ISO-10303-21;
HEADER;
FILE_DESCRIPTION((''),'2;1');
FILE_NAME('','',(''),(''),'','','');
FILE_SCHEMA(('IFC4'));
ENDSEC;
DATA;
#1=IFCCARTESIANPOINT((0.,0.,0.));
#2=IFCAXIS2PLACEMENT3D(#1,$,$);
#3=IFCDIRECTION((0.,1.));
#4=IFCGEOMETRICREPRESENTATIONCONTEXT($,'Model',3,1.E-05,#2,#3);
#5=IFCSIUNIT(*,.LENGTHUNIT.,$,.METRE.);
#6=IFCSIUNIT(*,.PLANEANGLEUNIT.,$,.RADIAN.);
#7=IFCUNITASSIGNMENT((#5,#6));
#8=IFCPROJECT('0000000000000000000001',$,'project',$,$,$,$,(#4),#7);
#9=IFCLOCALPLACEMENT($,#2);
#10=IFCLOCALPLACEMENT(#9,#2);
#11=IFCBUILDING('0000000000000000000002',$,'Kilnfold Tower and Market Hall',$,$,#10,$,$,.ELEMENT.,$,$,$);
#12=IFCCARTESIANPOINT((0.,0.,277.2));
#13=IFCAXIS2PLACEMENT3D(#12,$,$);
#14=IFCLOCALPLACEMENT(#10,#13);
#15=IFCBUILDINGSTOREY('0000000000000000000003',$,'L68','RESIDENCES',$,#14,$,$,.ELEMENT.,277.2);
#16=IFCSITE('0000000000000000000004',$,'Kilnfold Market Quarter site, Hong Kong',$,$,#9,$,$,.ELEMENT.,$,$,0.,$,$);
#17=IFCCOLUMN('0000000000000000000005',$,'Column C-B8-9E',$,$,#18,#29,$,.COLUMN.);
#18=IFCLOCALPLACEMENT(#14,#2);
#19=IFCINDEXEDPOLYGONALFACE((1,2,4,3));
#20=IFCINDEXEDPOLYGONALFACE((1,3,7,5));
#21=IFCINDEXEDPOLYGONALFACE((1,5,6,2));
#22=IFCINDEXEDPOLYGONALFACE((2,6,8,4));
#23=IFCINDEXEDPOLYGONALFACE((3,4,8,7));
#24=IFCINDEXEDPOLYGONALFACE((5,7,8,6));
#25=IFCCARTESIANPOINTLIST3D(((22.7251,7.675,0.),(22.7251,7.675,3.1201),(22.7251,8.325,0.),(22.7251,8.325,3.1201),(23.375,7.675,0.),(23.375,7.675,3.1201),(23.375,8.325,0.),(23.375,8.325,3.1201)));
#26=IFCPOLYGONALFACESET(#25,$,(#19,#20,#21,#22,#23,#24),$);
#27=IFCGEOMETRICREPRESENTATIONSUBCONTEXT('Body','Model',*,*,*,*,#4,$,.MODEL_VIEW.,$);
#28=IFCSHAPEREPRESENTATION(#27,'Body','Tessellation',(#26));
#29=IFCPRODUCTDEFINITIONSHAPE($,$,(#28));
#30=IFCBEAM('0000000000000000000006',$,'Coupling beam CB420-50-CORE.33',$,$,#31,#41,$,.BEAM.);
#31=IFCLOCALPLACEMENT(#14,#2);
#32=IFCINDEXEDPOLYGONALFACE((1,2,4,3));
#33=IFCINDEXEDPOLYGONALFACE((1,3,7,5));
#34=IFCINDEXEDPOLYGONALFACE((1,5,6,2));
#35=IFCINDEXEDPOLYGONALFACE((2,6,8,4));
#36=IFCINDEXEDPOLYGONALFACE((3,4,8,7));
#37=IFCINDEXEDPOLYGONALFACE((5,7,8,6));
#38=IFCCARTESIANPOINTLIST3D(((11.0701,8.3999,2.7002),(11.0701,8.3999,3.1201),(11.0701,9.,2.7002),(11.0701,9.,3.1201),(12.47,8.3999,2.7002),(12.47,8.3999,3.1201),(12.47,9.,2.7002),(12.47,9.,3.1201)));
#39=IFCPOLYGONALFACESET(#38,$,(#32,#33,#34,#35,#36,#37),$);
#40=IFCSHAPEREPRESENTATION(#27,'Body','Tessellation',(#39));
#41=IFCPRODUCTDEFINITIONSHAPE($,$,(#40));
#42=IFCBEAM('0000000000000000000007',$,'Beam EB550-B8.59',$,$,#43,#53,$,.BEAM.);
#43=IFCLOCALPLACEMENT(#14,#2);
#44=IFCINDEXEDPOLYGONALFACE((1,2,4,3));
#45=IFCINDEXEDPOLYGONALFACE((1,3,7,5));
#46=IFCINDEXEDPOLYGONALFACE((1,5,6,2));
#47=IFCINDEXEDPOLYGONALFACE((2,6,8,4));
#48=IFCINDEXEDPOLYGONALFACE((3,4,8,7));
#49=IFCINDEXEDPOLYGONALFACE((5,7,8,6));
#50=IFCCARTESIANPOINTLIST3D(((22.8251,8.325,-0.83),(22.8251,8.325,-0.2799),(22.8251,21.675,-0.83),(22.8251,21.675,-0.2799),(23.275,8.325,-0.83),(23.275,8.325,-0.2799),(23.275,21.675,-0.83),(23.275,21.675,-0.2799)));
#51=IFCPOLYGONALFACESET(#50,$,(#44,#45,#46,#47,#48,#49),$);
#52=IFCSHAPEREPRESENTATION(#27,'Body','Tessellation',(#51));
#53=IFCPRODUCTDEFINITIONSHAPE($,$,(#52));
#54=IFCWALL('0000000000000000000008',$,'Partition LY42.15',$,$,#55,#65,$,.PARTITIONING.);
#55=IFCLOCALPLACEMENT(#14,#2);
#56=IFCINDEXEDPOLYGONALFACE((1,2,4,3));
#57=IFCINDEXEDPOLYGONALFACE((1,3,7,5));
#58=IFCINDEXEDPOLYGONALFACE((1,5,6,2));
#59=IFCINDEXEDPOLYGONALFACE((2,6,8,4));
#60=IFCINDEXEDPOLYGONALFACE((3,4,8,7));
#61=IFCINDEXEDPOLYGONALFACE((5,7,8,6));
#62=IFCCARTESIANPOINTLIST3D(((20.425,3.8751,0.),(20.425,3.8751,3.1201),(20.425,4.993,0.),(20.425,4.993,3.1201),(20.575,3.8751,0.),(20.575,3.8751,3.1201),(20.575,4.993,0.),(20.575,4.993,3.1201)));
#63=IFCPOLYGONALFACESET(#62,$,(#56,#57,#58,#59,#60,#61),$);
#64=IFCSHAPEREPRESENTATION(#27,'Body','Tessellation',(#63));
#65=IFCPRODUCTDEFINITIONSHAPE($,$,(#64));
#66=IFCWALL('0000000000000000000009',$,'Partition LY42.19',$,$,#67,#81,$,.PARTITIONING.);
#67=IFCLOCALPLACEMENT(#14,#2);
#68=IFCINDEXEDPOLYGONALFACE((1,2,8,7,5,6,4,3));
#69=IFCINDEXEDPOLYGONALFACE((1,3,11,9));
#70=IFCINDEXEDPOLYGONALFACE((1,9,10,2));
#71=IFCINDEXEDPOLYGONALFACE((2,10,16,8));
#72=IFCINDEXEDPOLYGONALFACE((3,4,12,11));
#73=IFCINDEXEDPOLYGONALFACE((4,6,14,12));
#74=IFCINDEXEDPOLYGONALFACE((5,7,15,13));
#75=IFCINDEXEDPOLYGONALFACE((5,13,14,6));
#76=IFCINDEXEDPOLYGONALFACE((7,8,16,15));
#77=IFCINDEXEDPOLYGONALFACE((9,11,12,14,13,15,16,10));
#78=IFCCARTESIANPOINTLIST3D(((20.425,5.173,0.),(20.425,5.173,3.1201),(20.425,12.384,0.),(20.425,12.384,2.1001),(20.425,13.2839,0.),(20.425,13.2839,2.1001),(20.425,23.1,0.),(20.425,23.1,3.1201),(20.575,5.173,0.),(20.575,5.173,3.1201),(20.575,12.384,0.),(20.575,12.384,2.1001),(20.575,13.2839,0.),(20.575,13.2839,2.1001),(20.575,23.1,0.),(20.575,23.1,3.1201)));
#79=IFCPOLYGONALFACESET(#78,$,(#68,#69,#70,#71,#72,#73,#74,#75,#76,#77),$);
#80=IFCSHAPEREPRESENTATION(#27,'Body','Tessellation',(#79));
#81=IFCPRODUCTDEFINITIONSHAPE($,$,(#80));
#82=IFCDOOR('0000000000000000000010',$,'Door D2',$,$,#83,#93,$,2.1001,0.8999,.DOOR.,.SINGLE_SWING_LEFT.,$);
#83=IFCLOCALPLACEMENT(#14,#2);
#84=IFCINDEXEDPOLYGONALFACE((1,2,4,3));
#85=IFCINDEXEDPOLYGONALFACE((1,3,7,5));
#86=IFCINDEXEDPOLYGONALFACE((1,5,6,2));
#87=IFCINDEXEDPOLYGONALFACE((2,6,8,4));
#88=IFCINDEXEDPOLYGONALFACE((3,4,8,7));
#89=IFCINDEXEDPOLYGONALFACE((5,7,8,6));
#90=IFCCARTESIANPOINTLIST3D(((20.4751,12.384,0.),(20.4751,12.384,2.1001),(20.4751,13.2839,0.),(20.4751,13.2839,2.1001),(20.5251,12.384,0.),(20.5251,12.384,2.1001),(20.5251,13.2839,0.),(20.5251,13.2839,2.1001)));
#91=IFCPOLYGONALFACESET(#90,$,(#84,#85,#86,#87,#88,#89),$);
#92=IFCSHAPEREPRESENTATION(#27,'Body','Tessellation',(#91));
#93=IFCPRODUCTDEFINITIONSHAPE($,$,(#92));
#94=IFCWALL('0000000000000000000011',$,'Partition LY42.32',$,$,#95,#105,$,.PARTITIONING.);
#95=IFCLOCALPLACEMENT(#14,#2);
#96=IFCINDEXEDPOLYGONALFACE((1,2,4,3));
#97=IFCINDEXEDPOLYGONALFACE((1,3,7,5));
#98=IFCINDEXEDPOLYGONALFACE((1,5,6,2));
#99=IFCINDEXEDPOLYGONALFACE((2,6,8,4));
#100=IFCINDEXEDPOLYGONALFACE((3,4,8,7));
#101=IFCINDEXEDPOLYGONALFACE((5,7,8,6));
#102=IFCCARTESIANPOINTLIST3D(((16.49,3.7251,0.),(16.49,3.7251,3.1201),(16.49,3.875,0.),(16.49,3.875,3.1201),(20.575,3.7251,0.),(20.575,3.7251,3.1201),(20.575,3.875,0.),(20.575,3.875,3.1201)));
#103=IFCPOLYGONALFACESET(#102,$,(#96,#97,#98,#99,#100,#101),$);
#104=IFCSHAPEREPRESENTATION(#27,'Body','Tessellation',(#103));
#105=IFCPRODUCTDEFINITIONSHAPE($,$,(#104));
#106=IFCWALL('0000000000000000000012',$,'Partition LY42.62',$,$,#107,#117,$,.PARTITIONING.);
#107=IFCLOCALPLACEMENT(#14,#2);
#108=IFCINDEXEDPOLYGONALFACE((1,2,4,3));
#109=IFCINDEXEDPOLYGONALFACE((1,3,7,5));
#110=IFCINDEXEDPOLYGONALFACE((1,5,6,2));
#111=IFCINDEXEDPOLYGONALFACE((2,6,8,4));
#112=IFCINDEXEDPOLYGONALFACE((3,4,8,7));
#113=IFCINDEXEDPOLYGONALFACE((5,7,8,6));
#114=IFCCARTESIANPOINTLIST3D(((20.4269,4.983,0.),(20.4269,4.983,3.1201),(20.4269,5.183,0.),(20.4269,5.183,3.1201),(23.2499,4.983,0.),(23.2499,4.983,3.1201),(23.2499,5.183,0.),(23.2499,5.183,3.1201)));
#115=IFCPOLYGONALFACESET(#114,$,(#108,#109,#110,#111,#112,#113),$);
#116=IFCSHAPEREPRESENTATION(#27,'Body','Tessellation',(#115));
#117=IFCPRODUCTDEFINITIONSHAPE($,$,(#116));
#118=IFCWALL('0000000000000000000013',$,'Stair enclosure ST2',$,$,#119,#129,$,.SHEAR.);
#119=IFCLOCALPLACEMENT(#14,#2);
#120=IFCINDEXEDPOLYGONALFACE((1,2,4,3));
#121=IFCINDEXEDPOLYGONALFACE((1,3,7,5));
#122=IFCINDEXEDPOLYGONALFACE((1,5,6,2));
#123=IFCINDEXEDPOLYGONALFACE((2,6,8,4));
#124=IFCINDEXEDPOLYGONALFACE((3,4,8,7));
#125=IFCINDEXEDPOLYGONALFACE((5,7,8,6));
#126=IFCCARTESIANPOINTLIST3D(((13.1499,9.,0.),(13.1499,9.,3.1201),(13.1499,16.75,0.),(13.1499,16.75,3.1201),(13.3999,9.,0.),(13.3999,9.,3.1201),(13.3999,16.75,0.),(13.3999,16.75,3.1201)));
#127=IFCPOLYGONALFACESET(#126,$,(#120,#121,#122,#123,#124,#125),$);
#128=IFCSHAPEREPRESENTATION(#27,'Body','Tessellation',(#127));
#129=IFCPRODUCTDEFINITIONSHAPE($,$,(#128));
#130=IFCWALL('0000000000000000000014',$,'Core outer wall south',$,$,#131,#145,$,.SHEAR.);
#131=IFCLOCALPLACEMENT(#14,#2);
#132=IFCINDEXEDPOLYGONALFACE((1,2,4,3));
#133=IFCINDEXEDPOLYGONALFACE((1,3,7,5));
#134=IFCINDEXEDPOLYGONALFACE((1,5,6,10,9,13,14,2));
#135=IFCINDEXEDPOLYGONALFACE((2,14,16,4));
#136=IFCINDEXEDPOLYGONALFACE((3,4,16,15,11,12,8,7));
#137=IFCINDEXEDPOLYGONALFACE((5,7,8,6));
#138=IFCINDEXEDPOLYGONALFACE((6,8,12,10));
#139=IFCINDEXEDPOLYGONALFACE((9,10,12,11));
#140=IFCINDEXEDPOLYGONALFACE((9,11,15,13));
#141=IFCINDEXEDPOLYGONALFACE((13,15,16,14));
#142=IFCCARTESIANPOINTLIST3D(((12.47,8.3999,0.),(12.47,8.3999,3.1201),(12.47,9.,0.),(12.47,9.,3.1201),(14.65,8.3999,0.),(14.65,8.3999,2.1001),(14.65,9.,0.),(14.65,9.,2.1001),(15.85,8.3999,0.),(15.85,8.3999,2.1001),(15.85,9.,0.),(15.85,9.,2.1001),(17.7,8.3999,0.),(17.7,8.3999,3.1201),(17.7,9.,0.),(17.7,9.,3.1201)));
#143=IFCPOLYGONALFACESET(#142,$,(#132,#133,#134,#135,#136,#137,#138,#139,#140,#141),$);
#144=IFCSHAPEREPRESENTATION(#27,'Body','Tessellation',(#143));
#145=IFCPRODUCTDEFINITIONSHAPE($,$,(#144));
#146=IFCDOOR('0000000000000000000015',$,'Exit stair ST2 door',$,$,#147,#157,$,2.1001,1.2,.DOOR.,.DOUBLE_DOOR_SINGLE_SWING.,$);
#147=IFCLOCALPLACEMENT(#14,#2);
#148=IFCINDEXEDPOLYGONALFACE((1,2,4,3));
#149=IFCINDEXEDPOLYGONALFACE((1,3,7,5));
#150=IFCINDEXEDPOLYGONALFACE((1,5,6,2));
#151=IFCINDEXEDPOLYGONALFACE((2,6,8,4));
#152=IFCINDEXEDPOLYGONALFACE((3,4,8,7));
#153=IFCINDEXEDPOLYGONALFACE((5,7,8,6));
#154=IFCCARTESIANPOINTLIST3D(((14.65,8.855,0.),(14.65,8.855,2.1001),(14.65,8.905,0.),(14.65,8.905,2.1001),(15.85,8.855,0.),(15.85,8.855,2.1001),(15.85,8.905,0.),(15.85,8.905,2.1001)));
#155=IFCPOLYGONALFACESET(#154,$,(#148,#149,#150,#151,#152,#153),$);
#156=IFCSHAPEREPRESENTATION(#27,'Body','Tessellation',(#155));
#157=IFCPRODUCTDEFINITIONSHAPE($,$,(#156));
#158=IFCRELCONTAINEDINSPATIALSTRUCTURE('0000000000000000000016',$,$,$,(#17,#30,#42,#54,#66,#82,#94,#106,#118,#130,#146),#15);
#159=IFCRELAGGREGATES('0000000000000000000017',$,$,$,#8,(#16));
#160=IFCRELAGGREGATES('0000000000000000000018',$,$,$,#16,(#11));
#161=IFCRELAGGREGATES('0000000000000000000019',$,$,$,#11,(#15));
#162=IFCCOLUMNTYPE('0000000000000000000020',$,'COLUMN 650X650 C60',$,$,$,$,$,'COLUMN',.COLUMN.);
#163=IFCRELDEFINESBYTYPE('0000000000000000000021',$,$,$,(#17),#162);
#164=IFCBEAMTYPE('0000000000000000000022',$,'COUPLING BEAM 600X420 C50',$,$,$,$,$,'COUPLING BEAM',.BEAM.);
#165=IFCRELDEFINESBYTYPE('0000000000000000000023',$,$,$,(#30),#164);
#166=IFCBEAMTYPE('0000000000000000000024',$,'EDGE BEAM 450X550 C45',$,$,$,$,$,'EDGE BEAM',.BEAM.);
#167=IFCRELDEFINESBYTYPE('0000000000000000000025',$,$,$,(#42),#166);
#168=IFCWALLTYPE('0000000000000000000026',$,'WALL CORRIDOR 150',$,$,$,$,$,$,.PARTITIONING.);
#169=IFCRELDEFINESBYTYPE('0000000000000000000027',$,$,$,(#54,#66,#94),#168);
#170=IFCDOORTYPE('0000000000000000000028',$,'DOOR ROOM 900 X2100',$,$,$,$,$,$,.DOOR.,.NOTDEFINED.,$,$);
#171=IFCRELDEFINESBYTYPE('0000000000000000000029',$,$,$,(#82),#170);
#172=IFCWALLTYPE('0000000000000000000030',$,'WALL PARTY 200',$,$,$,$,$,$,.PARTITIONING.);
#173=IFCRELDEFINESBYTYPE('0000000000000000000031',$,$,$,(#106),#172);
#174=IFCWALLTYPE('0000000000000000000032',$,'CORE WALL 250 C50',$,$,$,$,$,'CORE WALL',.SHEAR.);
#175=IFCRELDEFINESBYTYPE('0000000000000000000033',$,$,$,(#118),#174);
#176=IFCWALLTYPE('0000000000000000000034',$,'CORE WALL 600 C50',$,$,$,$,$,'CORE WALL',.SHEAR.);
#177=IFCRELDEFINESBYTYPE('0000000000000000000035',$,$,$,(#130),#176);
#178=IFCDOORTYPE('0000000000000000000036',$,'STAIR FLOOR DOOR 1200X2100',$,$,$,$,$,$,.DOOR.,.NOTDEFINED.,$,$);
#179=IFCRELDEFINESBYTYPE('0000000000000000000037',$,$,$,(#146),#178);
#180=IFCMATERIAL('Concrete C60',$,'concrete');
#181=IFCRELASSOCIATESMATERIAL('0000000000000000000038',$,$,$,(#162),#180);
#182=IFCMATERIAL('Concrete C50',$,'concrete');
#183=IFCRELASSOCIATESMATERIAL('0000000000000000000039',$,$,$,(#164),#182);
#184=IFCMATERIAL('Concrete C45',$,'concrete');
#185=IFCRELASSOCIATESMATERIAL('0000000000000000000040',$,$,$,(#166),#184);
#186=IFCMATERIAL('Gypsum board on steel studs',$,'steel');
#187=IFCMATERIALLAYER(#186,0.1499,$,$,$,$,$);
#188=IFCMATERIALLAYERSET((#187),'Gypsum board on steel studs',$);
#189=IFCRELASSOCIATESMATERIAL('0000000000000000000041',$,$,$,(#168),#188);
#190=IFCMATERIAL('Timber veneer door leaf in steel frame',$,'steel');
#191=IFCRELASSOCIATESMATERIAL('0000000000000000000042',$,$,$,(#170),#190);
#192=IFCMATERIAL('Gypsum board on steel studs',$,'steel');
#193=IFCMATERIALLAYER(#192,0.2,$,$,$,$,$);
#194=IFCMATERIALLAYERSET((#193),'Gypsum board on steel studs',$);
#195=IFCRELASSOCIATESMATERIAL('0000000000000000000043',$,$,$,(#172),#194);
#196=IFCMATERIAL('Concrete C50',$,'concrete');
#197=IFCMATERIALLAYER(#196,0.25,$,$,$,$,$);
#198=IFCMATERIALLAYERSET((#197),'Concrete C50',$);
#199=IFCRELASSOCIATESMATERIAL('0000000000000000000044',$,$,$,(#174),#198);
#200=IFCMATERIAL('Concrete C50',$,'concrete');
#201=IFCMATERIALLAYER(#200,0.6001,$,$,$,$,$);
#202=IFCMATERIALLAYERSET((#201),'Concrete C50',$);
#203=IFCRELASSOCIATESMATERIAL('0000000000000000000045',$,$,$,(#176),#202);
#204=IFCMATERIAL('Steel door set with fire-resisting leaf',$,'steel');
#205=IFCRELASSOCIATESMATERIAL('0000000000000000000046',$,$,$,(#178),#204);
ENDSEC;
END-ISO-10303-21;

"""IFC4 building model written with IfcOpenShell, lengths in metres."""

from ifc_helpers import new_model, si_unit, direction, frame, frame_2d, origin, origin_2d, place, context, subcontext, project, spatial, rectangle, extrude, source, transform, mapped, material, layer, layer_set, material_profile, profile_set, type_object, element, fill, save


model = new_model("IFC4")

# Units and contexts
model_context = context("Model", 3, precision=1e-05, world=origin(), true_north=direction((0.0, 1.0)))
body_context = subcontext(model_context, "Body", "Model", "MODEL_VIEW")
ifc_project = project(units=[si_unit("LENGTHUNIT", "METRE"), si_unit("PLANEANGLEUNIT", "RADIAN")], contexts=[model_context])

# Site, building, storey
site_placement = place(None, origin())
site = spatial("IfcSite", under=ifc_project, at=site_placement, Name="Kilnfold Market Quarter site, Hong Kong", CompositionType="ELEMENT", RefElevation=0.0)
building_placement = place(site_placement, origin())
building = spatial("IfcBuilding", under=site, at=building_placement, Name="Kilnfold Tower and Market Hall", CompositionType="ELEMENT")
storey_placement = place(building_placement, frame((0.0, 0.0, 277.2)))
storey = spatial("IfcBuildingStorey", under=building, at=storey_placement, Name="L68", Description="RESIDENCES", CompositionType="ELEMENT", Elevation=277.2)

# Column
ifc_material_1 = material(Name="Concrete C60", Category="concrete")
ifc_material_profile_1 = material_profile(ifc_material_1, rectangle(XDim=0.6499, YDim=0.6499, at=origin_2d()), Name="RC 650x650")
ifc_profile_set_1 = profile_set([ifc_material_profile_1], Name="Concrete C60")
column_type = type_object("IfcColumnType", Name="COLUMN 650X650 C60", ElementType="COLUMN", PredefinedType="COLUMN", material=ifc_profile_set_1)
shared_shape_1 = source(origin(), body_context, "Body", "SweptSolid", [
    extrude(rectangle(XDim=0.6499, YDim=0.6499, at=origin_2d()), origin(), (0.0, 0.0, 1.0), 3.1201),
])
column_placement = place(storey_placement, frame((23.05, 8.0, 0.0), z_axis=(0.0, 0.0, 1.0), x_axis=(1.0, 0.0, 0.0)))
element("IfcColumn", 1, at=column_placement, inside=storey, type_object=column_type, Name="Column C-B8-9E", PredefinedType="COLUMN", context=body_context, shape_type="MappedRepresentation", body=[
    mapped(shared_shape_1, transform((0.0, 0.0, 0.0))),
])

# Beams
ifc_material_2 = material(Name="Concrete C50", Category="concrete")
ifc_material_profile_2 = material_profile(ifc_material_2, rectangle(XDim=0.6001, YDim=0.4199, at=origin_2d()), Name="RC 600x420")
ifc_profile_set_2 = profile_set([ifc_material_profile_2], Name="Concrete C50")
beam_type_1 = type_object("IfcBeamType", Name="COUPLING BEAM 600X420 C50", ElementType="COUPLING BEAM", PredefinedType="BEAM", material=ifc_profile_set_2)
shared_shape_2 = source(origin(), body_context, "Body", "SweptSolid", [
    extrude(rectangle(XDim=0.6001, YDim=0.4199, at=origin_2d()), origin(), (0.0, 0.0, 1.0), 1.3999),
])
beam_1_placement = place(storey_placement, frame((11.0701, 8.7, 2.9102), z_axis=(1.0, 0.0, 0.0), x_axis=(0.0, 1.0, 0.0)))
element("IfcBeam", 2, at=beam_1_placement, inside=storey, type_object=beam_type_1, Name="Coupling beam CB420-50-CORE.33", PredefinedType="BEAM", context=body_context, shape_type="MappedRepresentation", body=[
    mapped(shared_shape_2, transform((0.0, 0.0, 0.0))),
])
ifc_material_3 = material(Name="Concrete C45", Category="concrete")
ifc_material_profile_3 = material_profile(ifc_material_3, rectangle(XDim=0.45, YDim=0.55, at=origin_2d()), Name="RC 450x550")
ifc_profile_set_3 = profile_set([ifc_material_profile_3], Name="Concrete C45")
beam_type_2 = type_object("IfcBeamType", Name="EDGE BEAM 450X550 C45", ElementType="EDGE BEAM", PredefinedType="BEAM", material=ifc_profile_set_3)
shared_shape_3 = source(origin(), body_context, "Body", "SweptSolid", [
    extrude(rectangle(XDim=0.45, YDim=0.55, at=origin_2d()), origin(), (0.0, 0.0, 1.0), 13.3501),
])
beam_2_placement = place(storey_placement, frame((23.05, 8.325, -0.5549), z_axis=(0.0, 1.0, 0.0), x_axis=(-1.0, 0.0, 0.0)))
element("IfcBeam", 3, at=beam_2_placement, inside=storey, type_object=beam_type_2, Name="Beam EB550-B8.59", PredefinedType="BEAM", context=body_context, shape_type="MappedRepresentation", body=[
    mapped(shared_shape_3, transform((0.0, 0.0, 0.0))),
])

# Wall
ifc_material_4 = material(Name="Gypsum board on steel studs", Category="steel")
ifc_layer_1 = layer(ifc_material_4, 0.1499)
ifc_layer_set_1 = layer_set([ifc_layer_1], Name="Gypsum board on steel studs")
wall_type_1 = type_object("IfcWallType", Name="WALL CORRIDOR 150", PredefinedType="PARTITIONING", material=ifc_layer_set_1)
wall_1_placement = place(storey_placement, frame((20.5, 3.875, 0.0), z_axis=(0.0, 0.0, 1.0), x_axis=(0.0, 1.0, 0.0)))
element("IfcWall", 4, at=wall_1_placement, inside=storey, type_object=wall_type_1, Name="Partition LY42.15", PredefinedType="PARTITIONING", context=body_context, shape_type="SweptSolid", body=[
    extrude(rectangle(XDim=1.1179, YDim=0.1499, at=frame_2d((0.5591, 0.0))), origin(), (0.0, 0.0, 1.0), 3.1201),
])

# Wall, opening, door
wall_2_placement = place(storey_placement, frame((20.5, 5.1731, 0.0), z_axis=(0.0, 0.0, 1.0), x_axis=(0.0, 1.0, 0.0)))
wall_2 = element("IfcWall", 5, at=wall_2_placement, inside=storey, type_object=wall_type_1, Name="Partition LY42.19", PredefinedType="PARTITIONING", context=body_context, shape_type="SweptSolid", body=[
    extrude(rectangle(XDim=17.927, YDim=0.1499, at=frame_2d((8.9634, 0.0))), origin(), (0.0, 0.0, 1.0), 3.1201),
])
opening_1_placement = place(wall_2_placement, frame((7.2109, 0.0, 0.0)))
opening_1 = element("IfcOpeningElement", 6, at=opening_1_placement, cuts=wall_2, PredefinedType="OPENING", context=body_context, shape_type="SweptSolid", body=[
    extrude(rectangle(XDim=0.8999, YDim=2.1001, at=frame_2d((0.45, 1.05))), frame((0.0, 0.085, 0.0), z_axis=(0.0, -1.0, 0.0), x_axis=(1.0, 0.0, 0.0)), (0.0, 0.0, 1.0), 0.1699),
])
ifc_material_5 = material(Name="Timber veneer door leaf in steel frame", Category="steel")
door_type_1 = type_object("IfcDoorType", Name="DOOR ROOM 900 X2100", OperationType="NOTDEFINED", PredefinedType="DOOR", material=ifc_material_5)
door_1_placement = place(opening_1_placement, origin())
door_1 = element("IfcDoor", 7, at=door_1_placement, inside=storey, type_object=door_type_1, Name="Door D2", OperationType="SINGLE_SWING_LEFT", OverallHeight=2.1001, OverallWidth=0.8999, PredefinedType="DOOR", context=body_context, shape_type="SweptSolid", body=[
    extrude(rectangle(XDim=0.8999, YDim=2.1001, at=frame_2d((0.45, 1.05))), frame((0.0, 0.0249, 0.0), z_axis=(0.0, -1.0, 0.0), x_axis=(1.0, 0.0, 0.0)), (0.0, 0.0, 1.0), 0.05),
])
fill(opening_1, door_1)

# Walls
wall_3_placement = place(storey_placement, frame((16.49, 3.8, 0.0), z_axis=(0.0, 0.0, 1.0), x_axis=(1.0, 0.0, 0.0)))
element("IfcWall", 8, at=wall_3_placement, inside=storey, type_object=wall_type_1, Name="Partition LY42.32", PredefinedType="PARTITIONING", context=body_context, shape_type="SweptSolid", body=[
    extrude(rectangle(XDim=4.085, YDim=0.1499, at=frame_2d((2.0425, 0.0))), origin(), (0.0, 0.0, 1.0), 3.1201),
])
ifc_material_6 = material(Name="Gypsum board on steel studs", Category="steel")
ifc_layer_2 = layer(ifc_material_6, 0.2)
ifc_layer_set_2 = layer_set([ifc_layer_2], Name="Gypsum board on steel studs")
wall_type_2 = type_object("IfcWallType", Name="WALL PARTY 200", PredefinedType="PARTITIONING", material=ifc_layer_set_2)
wall_4_placement = place(storey_placement, frame((23.25, 5.083, 0.0), z_axis=(0.0, 0.0, 1.0), x_axis=(-1.0, 0.0, 0.0)))
element("IfcWall", 9, at=wall_4_placement, inside=storey, type_object=wall_type_2, Name="Partition LY42.62", PredefinedType="PARTITIONING", context=body_context, shape_type="SweptSolid", body=[
    extrude(rectangle(XDim=2.823, YDim=0.2, at=frame_2d((1.4116, 0.0))), origin(), (0.0, 0.0, 1.0), 3.1201),
])
ifc_material_7 = material(Name="Concrete C50", Category="concrete")
ifc_layer_3 = layer(ifc_material_7, 0.25)
ifc_layer_set_3 = layer_set([ifc_layer_3], Name="Concrete C50")
wall_type_3 = type_object("IfcWallType", Name="CORE WALL 250 C50", ElementType="CORE WALL", PredefinedType="SHEAR", material=ifc_layer_set_3)
shared_shape_4 = source(origin(), body_context, "Body", "SweptSolid", [
    extrude(rectangle(XDim=7.75, YDim=0.25, at=frame_2d((3.875, 0.0))), origin(), (0.0, 0.0, 1.0), 3.1201),
])
wall_5_placement = place(storey_placement, frame((13.2749, 9.0, 0.0), z_axis=(0.0, 0.0, 1.0), x_axis=(0.0, 1.0, 0.0)))
element("IfcWall", 10, at=wall_5_placement, inside=storey, type_object=wall_type_3, Name="Stair enclosure ST2", PredefinedType="SHEAR", context=body_context, shape_type="MappedRepresentation", body=[
    mapped(shared_shape_4, transform((0.0, 0.0, 0.0))),
])

# Wall, opening, door
ifc_material_8 = material(Name="Concrete C50", Category="concrete")
ifc_layer_4 = layer(ifc_material_8, 0.6001)
ifc_layer_set_4 = layer_set([ifc_layer_4], Name="Concrete C50")
wall_type_4 = type_object("IfcWallType", Name="CORE WALL 600 C50", ElementType="CORE WALL", PredefinedType="SHEAR", material=ifc_layer_set_4)
shared_shape_5 = source(origin(), body_context, "Body", "SweptSolid", [
    extrude(rectangle(XDim=5.23, YDim=0.6001, at=frame_2d((2.615, 0.0))), origin(), (0.0, 0.0, 1.0), 3.1201),
])
wall_6_placement = place(storey_placement, frame((12.47, 8.7, 0.0), z_axis=(0.0, 0.0, 1.0), x_axis=(1.0, 0.0, 0.0)))
wall_6 = element("IfcWall", 11, at=wall_6_placement, inside=storey, type_object=wall_type_4, Name="Core outer wall south", PredefinedType="SHEAR", context=body_context, shape_type="MappedRepresentation", body=[
    mapped(shared_shape_5, transform((0.0, 0.0, 0.0))),
])
opening_2_placement = place(wall_6_placement, frame((2.1799, 0.0, 0.0)))
opening_2 = element("IfcOpeningElement", 12, at=opening_2_placement, cuts=wall_6, PredefinedType="OPENING", context=body_context, shape_type="SweptSolid", body=[
    extrude(rectangle(XDim=1.2, YDim=2.1001, at=frame_2d((0.6001, 1.05))), frame((0.0, 0.3101, 0.0), z_axis=(0.0, -1.0, 0.0), x_axis=(1.0, 0.0, 0.0)), (0.0, 0.0, 1.0), 0.6201),
])
ifc_material_9 = material(Name="Steel door set with fire-resisting leaf", Category="steel")
door_type_2 = type_object("IfcDoorType", Name="STAIR FLOOR DOOR 1200X2100", OperationType="NOTDEFINED", PredefinedType="DOOR", material=ifc_material_9)
door_2_placement = place(opening_2_placement, origin())
door_2 = element("IfcDoor", 13, at=door_2_placement, inside=storey, type_object=door_type_2, Name="Exit stair ST2 door", OperationType="DOUBLE_DOOR_SINGLE_SWING", OverallHeight=2.1001, OverallWidth=1.2, PredefinedType="DOOR", context=body_context, shape_type="SweptSolid", body=[
    extrude(rectangle(XDim=1.2, YDim=2.1001, at=frame_2d((0.6001, 1.05))), frame((0.0, 0.2051, 0.0), z_axis=(0.0, -1.0, 0.0), x_axis=(1.0, 0.0, 0.0)), (0.0, 0.0, 1.0), 0.05),
])
fill(opening_2, door_2)

save(model, "model.ifc")
